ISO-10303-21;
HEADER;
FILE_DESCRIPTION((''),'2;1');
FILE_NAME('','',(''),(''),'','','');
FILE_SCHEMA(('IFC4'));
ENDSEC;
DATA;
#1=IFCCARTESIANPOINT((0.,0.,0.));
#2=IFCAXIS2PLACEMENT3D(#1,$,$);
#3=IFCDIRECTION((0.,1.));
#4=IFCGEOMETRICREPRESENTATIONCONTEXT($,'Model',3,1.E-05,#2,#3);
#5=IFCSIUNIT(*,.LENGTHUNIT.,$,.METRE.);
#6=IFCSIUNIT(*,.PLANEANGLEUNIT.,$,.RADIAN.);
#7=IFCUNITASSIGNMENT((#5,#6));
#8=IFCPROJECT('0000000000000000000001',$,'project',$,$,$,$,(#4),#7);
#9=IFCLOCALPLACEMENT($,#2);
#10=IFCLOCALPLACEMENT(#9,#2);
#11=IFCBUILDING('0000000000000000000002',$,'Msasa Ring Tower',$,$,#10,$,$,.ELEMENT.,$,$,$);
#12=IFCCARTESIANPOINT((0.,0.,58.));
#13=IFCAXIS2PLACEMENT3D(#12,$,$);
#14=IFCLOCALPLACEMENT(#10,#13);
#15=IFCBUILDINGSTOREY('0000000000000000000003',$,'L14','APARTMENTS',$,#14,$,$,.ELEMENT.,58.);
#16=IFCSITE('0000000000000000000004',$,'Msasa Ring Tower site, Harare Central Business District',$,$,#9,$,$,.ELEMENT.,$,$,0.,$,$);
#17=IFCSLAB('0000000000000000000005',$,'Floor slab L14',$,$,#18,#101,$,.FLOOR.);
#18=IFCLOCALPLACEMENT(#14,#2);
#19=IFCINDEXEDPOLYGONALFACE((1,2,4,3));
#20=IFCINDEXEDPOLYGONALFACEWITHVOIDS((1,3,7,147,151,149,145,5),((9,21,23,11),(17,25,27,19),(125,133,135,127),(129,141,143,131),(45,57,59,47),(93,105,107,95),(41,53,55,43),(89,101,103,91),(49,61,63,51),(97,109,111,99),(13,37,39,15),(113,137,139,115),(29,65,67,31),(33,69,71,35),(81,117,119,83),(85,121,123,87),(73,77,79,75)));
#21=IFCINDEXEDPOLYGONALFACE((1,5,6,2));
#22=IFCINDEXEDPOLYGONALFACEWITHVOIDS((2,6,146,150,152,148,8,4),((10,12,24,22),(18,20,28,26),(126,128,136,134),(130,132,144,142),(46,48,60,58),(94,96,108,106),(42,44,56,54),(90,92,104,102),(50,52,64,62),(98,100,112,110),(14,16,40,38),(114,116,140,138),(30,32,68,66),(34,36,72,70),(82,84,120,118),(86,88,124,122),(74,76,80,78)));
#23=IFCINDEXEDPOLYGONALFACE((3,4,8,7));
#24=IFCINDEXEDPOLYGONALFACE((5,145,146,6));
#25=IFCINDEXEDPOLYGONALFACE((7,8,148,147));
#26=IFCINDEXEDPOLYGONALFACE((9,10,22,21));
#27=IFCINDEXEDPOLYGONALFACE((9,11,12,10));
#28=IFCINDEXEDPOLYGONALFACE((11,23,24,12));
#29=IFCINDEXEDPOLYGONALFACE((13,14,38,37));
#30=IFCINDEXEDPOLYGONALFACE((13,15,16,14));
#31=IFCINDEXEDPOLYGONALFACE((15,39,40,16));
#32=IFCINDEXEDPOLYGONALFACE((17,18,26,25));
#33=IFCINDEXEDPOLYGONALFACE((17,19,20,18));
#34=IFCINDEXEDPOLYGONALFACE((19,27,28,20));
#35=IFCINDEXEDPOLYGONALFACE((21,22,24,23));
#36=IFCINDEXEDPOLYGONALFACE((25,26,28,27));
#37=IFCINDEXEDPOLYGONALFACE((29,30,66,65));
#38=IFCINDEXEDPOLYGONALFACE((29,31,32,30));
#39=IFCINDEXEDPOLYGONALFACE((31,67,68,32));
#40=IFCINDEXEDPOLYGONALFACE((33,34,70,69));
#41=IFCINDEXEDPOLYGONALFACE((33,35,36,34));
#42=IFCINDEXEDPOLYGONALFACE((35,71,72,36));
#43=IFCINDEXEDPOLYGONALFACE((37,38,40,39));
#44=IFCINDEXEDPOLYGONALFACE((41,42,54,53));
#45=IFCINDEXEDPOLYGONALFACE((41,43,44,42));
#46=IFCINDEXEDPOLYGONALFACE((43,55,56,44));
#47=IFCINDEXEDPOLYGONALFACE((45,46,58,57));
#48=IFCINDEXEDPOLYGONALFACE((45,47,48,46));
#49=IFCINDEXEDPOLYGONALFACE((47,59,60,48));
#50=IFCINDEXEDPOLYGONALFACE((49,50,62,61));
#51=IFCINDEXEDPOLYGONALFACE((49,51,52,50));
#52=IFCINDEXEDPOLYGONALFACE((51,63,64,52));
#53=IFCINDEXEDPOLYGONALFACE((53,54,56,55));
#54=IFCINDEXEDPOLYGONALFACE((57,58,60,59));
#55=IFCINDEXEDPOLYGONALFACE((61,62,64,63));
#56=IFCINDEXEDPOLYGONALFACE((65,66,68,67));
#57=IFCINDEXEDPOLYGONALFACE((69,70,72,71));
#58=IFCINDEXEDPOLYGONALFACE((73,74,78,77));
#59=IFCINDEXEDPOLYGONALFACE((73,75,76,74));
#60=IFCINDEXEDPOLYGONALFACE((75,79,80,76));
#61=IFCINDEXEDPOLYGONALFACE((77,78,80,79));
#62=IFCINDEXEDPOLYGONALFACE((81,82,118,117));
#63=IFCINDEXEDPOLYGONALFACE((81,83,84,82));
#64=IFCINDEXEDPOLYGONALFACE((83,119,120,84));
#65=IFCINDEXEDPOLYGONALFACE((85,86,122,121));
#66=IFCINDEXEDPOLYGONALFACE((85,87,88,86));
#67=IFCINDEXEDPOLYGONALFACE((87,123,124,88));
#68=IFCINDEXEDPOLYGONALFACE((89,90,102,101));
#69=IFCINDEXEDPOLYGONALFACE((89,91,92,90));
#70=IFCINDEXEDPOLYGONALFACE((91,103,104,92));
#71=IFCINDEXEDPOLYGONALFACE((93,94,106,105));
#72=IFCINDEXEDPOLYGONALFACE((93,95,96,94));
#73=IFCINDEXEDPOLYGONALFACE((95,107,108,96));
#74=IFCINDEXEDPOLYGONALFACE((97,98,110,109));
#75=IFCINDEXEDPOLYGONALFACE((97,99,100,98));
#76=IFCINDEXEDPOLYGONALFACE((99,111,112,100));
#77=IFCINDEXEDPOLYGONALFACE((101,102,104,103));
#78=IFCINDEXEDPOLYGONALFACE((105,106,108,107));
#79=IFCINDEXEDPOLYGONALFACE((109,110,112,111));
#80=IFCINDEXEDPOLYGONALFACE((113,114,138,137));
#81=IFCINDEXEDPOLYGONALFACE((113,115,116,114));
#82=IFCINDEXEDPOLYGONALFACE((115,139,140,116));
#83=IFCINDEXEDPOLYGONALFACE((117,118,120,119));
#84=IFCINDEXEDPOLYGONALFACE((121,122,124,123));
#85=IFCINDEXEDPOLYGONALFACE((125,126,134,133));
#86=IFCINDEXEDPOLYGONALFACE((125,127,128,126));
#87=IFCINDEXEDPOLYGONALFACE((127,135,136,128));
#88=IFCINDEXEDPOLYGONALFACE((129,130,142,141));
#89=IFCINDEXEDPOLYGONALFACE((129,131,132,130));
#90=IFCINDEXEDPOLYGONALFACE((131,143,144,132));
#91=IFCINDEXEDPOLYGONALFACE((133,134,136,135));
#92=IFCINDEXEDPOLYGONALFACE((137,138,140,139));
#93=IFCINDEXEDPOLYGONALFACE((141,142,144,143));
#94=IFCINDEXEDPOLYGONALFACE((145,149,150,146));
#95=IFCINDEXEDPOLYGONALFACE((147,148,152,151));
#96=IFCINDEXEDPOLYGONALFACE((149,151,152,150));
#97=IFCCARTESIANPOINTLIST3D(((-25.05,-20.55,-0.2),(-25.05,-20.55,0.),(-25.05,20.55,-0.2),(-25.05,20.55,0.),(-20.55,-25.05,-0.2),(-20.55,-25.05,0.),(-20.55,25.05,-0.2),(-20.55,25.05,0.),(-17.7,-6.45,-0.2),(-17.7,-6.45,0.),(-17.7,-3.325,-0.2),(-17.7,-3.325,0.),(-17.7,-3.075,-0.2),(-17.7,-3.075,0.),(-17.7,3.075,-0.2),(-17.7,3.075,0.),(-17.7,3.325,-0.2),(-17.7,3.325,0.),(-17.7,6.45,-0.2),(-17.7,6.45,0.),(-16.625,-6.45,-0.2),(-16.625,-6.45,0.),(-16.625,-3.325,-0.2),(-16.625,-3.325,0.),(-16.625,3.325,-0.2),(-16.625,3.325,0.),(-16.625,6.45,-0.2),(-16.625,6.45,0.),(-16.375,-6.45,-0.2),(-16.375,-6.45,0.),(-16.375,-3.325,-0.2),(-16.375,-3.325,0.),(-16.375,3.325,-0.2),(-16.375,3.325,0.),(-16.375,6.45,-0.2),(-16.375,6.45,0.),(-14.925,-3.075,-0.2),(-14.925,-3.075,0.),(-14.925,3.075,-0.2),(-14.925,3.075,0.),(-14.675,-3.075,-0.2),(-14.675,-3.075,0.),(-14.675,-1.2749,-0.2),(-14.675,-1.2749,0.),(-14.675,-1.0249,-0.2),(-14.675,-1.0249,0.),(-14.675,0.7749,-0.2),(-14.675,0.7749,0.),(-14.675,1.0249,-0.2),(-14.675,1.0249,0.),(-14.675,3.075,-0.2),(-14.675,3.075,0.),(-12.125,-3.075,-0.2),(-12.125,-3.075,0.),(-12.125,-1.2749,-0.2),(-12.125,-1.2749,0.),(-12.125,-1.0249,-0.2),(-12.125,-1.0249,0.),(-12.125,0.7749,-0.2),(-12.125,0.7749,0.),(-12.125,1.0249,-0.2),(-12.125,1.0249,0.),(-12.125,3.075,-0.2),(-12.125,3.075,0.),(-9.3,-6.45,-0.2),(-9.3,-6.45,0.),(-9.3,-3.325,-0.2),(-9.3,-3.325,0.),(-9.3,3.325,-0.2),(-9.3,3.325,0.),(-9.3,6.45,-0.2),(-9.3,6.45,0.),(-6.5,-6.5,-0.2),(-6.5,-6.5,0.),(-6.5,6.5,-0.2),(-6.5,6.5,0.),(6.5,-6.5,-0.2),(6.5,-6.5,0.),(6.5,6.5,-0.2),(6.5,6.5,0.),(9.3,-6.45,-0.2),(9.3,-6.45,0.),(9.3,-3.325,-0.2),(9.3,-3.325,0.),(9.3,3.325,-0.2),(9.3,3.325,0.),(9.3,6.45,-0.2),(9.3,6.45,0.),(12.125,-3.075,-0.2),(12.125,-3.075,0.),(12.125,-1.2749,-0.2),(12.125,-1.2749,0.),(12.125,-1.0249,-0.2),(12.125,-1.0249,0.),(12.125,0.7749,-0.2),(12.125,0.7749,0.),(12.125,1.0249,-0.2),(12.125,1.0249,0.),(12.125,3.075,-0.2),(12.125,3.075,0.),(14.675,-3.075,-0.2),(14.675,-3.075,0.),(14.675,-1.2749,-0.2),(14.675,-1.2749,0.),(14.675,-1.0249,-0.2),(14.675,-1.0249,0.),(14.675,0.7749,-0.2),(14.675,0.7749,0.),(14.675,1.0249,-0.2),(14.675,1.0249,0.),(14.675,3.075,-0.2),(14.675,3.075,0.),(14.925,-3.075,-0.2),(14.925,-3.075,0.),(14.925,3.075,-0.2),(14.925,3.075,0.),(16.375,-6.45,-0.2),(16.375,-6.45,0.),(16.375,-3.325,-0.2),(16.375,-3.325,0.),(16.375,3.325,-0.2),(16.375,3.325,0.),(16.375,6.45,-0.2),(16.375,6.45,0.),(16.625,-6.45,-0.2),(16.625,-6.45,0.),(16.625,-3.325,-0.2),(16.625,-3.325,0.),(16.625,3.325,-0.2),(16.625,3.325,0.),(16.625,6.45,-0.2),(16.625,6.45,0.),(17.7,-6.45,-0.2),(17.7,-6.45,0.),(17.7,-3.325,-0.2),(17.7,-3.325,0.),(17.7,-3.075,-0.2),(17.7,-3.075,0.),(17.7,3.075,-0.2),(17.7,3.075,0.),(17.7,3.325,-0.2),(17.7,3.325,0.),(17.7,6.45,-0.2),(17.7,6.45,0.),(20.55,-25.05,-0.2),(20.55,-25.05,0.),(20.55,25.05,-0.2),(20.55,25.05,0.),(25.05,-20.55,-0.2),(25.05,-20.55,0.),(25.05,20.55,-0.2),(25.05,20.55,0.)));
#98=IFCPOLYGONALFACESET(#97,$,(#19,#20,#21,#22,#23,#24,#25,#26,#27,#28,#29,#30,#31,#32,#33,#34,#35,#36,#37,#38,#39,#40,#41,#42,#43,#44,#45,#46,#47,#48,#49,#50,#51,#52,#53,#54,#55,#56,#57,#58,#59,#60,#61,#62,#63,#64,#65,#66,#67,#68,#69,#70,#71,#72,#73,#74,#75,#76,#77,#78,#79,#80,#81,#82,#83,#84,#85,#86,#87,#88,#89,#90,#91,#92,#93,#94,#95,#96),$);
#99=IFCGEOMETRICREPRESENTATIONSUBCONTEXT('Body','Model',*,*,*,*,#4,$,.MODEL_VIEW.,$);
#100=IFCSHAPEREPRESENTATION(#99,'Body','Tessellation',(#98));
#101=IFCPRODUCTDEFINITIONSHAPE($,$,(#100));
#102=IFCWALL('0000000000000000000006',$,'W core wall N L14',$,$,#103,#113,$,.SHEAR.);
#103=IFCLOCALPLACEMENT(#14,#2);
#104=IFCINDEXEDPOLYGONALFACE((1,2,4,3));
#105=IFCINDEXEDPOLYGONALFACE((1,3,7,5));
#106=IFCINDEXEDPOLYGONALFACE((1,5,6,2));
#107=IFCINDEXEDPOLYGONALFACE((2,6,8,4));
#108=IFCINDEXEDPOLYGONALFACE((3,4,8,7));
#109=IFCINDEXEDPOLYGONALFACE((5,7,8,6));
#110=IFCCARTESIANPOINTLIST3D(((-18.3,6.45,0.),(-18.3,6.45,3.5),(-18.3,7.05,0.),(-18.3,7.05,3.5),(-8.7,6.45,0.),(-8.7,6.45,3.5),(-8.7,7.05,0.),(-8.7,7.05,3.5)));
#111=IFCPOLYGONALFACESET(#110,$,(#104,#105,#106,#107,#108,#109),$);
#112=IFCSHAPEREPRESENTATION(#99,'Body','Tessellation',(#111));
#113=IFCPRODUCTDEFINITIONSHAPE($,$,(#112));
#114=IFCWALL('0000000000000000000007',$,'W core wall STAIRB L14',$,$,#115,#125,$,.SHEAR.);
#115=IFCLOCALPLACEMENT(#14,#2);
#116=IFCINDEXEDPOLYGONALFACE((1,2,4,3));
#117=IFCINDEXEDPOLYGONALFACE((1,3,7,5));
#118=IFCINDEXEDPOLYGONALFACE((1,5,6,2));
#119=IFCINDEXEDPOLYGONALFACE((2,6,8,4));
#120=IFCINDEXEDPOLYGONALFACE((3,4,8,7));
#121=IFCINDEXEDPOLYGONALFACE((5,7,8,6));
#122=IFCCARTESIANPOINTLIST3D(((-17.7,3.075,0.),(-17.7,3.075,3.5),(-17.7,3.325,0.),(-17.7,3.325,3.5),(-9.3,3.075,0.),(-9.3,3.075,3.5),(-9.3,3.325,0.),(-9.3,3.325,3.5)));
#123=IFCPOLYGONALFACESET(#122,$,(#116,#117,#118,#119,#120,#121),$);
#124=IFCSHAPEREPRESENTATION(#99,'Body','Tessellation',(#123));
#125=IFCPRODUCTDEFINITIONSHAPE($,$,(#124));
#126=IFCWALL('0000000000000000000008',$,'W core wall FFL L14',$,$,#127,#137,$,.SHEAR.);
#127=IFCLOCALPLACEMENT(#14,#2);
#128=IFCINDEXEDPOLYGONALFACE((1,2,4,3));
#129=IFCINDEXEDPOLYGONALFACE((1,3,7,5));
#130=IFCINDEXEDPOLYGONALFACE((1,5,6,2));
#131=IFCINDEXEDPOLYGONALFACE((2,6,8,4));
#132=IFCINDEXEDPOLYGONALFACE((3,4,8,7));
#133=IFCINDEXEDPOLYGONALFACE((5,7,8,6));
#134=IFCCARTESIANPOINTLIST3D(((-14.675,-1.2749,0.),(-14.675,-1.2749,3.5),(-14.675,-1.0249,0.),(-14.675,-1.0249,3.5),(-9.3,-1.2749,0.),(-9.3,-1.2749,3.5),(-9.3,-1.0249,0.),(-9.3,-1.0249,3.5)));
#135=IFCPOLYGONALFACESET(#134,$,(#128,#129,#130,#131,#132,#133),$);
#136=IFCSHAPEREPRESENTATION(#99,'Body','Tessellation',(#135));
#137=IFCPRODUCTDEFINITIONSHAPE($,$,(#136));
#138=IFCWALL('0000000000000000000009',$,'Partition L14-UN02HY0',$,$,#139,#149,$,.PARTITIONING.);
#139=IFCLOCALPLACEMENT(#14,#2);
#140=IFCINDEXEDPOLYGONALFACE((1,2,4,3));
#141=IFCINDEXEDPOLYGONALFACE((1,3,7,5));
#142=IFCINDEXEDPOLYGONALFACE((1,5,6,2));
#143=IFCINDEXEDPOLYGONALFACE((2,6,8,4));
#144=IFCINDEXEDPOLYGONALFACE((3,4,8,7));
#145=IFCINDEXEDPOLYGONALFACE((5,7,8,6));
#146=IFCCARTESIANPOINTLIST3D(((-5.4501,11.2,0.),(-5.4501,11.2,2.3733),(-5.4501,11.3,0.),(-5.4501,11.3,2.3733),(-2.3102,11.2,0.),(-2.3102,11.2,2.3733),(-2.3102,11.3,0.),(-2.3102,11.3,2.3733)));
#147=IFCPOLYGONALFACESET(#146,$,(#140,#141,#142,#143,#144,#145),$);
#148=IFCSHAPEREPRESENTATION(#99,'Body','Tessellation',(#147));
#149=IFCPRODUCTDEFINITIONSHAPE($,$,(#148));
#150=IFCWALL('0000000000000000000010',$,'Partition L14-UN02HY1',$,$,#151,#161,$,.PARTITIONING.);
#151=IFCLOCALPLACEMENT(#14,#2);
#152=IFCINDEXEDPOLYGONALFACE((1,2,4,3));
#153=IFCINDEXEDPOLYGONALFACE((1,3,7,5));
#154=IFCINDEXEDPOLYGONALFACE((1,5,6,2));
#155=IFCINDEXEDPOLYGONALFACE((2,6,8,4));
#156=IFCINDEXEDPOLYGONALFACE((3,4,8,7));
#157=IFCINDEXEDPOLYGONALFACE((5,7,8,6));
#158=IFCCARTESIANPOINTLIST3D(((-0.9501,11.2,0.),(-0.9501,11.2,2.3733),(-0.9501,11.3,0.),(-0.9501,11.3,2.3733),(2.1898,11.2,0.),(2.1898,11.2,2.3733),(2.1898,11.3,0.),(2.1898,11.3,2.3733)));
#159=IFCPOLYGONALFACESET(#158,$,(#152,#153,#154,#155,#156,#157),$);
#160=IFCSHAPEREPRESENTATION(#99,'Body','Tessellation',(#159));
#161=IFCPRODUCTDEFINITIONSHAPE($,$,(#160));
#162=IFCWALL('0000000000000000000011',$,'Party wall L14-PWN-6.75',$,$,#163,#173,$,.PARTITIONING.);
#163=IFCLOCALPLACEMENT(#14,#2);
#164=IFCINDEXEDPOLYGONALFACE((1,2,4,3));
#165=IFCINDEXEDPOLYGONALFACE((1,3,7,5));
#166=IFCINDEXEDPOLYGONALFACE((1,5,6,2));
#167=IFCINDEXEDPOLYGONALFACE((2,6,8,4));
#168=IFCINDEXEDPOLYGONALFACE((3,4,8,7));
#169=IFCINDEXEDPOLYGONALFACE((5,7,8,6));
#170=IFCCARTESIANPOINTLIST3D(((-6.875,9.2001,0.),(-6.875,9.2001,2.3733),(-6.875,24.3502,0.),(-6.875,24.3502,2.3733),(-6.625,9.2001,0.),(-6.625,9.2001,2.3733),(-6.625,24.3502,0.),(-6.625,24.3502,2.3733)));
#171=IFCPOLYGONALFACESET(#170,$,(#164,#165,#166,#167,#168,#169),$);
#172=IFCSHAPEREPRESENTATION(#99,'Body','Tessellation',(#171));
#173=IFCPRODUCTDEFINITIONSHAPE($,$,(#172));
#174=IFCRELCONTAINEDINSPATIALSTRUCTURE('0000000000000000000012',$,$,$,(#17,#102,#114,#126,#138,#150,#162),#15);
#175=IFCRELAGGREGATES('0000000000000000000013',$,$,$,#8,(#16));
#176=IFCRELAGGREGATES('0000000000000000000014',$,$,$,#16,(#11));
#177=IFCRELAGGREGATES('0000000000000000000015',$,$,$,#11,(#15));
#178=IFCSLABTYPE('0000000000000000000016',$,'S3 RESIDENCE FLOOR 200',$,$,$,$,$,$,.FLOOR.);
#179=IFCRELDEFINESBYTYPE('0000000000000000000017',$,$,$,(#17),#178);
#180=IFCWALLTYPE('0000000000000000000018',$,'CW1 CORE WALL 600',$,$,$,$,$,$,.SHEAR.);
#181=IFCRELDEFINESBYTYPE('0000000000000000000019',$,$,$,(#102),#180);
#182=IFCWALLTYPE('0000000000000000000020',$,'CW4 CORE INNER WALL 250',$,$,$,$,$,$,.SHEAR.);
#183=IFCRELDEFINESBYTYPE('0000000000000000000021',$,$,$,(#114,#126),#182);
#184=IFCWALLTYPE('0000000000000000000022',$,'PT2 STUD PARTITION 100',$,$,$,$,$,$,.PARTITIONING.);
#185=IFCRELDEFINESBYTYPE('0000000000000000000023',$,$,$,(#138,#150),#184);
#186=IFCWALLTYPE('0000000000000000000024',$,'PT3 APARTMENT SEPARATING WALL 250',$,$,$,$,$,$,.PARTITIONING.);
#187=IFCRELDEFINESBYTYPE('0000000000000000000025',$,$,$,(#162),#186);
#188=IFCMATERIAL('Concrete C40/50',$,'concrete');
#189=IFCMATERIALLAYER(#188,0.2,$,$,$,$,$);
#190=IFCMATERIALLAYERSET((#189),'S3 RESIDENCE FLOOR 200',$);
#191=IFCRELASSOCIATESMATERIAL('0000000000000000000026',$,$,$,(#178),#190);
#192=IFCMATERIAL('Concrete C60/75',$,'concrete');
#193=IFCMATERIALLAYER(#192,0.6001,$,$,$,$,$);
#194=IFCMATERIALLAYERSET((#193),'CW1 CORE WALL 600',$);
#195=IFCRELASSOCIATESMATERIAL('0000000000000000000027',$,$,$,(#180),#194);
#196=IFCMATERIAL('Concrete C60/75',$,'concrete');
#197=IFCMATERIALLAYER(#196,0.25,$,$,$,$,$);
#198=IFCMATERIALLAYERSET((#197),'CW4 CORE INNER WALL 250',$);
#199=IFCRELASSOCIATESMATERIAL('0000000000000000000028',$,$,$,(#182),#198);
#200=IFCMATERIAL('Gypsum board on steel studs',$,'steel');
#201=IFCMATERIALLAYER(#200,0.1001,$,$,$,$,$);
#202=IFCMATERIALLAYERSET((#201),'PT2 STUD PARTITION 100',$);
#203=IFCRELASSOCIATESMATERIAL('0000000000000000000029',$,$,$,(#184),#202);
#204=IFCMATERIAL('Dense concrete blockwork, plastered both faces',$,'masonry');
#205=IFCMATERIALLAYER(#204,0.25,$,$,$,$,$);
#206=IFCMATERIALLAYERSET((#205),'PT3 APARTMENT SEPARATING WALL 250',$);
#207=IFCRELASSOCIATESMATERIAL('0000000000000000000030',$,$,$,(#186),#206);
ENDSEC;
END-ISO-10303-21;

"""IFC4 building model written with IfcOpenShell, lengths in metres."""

from ifc_helpers import new_model, si_unit, direction, frame, frame_2d, origin, place, context, subcontext, project, spatial, polyline, rectangle, outline, extrude, material, layer, layer_set, type_object, element, save


model = new_model("IFC4")

# Units and contexts
model_context = context("Model", 3, precision=1e-05, world=origin(), true_north=direction((0.0, 1.0)))
body_context = subcontext(model_context, "Body", "Model", "MODEL_VIEW")
ifc_project = project(units=[si_unit("LENGTHUNIT", "METRE"), si_unit("PLANEANGLEUNIT", "RADIAN")], contexts=[model_context])

# Site, building, storey
site_placement = place(None, origin())
site = spatial("IfcSite", under=ifc_project, at=site_placement, Name="Msasa Ring Tower site, Harare Central Business District", CompositionType="ELEMENT", RefElevation=0.0)
building_placement = place(site_placement, origin())
building = spatial("IfcBuilding", under=site, at=building_placement, Name="Msasa Ring Tower", CompositionType="ELEMENT")
storey_placement = place(building_placement, frame((0.0, 0.0, 58.0)))
storey = spatial("IfcBuildingStorey", under=building, at=storey_placement, Name="L14", Description="APARTMENTS", CompositionType="ELEMENT", Elevation=58.0)

# Slab
ifc_material_1 = material(Name="Concrete C40/50", Category="concrete")
ifc_layer_1 = layer(ifc_material_1, 0.2)
ifc_layer_set_1 = layer_set([ifc_layer_1], Name="S3 RESIDENCE FLOOR 200")
slab_type = type_object("IfcSlabType", Name="S3 RESIDENCE FLOOR 200", PredefinedType="FLOOR", material=ifc_layer_set_1)
slab_placement = place(storey_placement, frame((0.0, 0.0, -0.2)))
element("IfcSlab", 1, at=slab_placement, inside=storey, type_object=slab_type, Name="Floor slab L14", PredefinedType="FLOOR", context=body_context, shape_type="SweptSolid", body=[
    extrude(outline(polyline([(-20.55, -25.05), (20.55, -25.05), (25.05, -20.55), (25.05, 20.55), (20.55, 25.05), (-20.55, 25.05), (-25.05, 20.55), (-25.05, -20.55), (-20.55, -25.05)]), holes=[polyline([(-6.5, -6.5), (6.5, -6.5), (6.5, 6.5), (-6.5, 6.5), (-6.5, -6.5)]), polyline([(9.3, -6.45), (16.375, -6.45), (16.375, -3.325), (9.3, -3.325), (9.3, -6.45)]), polyline([(9.3, 3.325), (16.375, 3.325), (16.375, 6.45), (9.3, 6.45), (9.3, 3.325)]), polyline([(12.125, -3.075), (14.675, -3.075), (14.675, -1.2749), (12.125, -1.2749), (12.125, -3.075)]), polyline([(12.125, -1.0249), (14.675, -1.0249), (14.675, 0.7749), (12.125, 0.7749), (12.125, -1.0249)]), polyline([(12.125, 1.0249), (14.675, 1.0249), (14.675, 3.075), (12.125, 3.075), (12.125, 1.0249)]), polyline([(16.625, -6.45), (17.7, -6.45), (17.7, -3.325), (16.625, -3.325), (16.625, -6.45)]), polyline([(16.625, 3.325), (17.7, 3.325), (17.7, 6.45), (16.625, 6.45), (16.625, 3.325)]), polyline([(14.925, -3.075), (17.7, -3.075), (17.7, 3.075), (14.925, 3.075), (14.925, -3.075)]), polyline([(-16.375, -6.45), (-9.3, -6.45), (-9.3, -3.325), (-16.375, -3.325), (-16.375, -6.45)]), polyline([(-16.375, 3.325), (-9.3, 3.325), (-9.3, 6.45), (-16.375, 6.45), (-16.375, 3.325)]), polyline([(-14.675, -3.075), (-12.125, -3.075), (-12.125, -1.2749), (-14.675, -1.2749), (-14.675, -3.075)]), polyline([(-14.675, -1.0249), (-12.125, -1.0249), (-12.125, 0.7749), (-14.675, 0.7749), (-14.675, -1.0249)]), polyline([(-14.675, 1.0249), (-12.125, 1.0249), (-12.125, 3.075), (-14.675, 3.075), (-14.675, 1.0249)]), polyline([(-17.7, -6.45), (-16.625, -6.45), (-16.625, -3.325), (-17.7, -3.325), (-17.7, -6.45)]), polyline([(-17.7, 3.325), (-16.625, 3.325), (-16.625, 6.45), (-17.7, 6.45), (-17.7, 3.325)]), polyline([(-17.7, -3.075), (-14.925, -3.075), (-14.925, 3.075), (-17.7, 3.075), (-17.7, -3.075)])]), origin(), (0.0, 0.0, 1.0), 0.2),
])

# Walls
ifc_material_2 = material(Name="Concrete C60/75", Category="concrete")
ifc_layer_2 = layer(ifc_material_2, 0.6001)
ifc_layer_set_2 = layer_set([ifc_layer_2], Name="CW1 CORE WALL 600")
wall_type_1 = type_object("IfcWallType", Name="CW1 CORE WALL 600", PredefinedType="SHEAR", material=ifc_layer_set_2)
wall_1_placement = place(storey_placement, frame((-8.7, 6.75, 0.0), z_axis=(0.0, 0.0, 1.0), x_axis=(-1.0, 0.0, 0.0)))
element("IfcWall", 2, at=wall_1_placement, inside=storey, type_object=wall_type_1, Name="W core wall N L14", PredefinedType="SHEAR", context=body_context, shape_type="SweptSolid", body=[
    extrude(rectangle(XDim=9.6001, YDim=0.6001, at=frame_2d((4.8, 0.0))), origin(), (0.0, 0.0, 1.0), 3.5),
])
ifc_material_3 = material(Name="Concrete C60/75", Category="concrete")
ifc_layer_3 = layer(ifc_material_3, 0.25)
ifc_layer_set_3 = layer_set([ifc_layer_3], Name="CW4 CORE INNER WALL 250")
wall_type_2 = type_object("IfcWallType", Name="CW4 CORE INNER WALL 250", PredefinedType="SHEAR", material=ifc_layer_set_3)
wall_2_placement = place(storey_placement, frame((-9.3, 3.2, 0.0), z_axis=(0.0, 0.0, 1.0), x_axis=(-1.0, 0.0, 0.0)))
element("IfcWall", 3, at=wall_2_placement, inside=storey, type_object=wall_type_2, Name="W core wall STAIRB L14", PredefinedType="SHEAR", context=body_context, shape_type="SweptSolid", body=[
    extrude(rectangle(XDim=8.3999, YDim=0.25, at=frame_2d((4.2, 0.0))), origin(), (0.0, 0.0, 1.0), 3.5),
])
wall_3_placement = place(storey_placement, frame((-9.3, -1.1499, 0.0), z_axis=(0.0, 0.0, 1.0), x_axis=(-1.0, 0.0, 0.0)))
element("IfcWall", 4, at=wall_3_placement, inside=storey, type_object=wall_type_2, Name="W core wall FFL L14", PredefinedType="SHEAR", context=body_context, shape_type="SweptSolid", body=[
    extrude(rectangle(XDim=5.375, YDim=0.25, at=frame_2d((2.6875, 0.0))), origin(), (0.0, 0.0, 1.0), 3.5),
])
ifc_material_4 = material(Name="Gypsum board on steel studs", Category="steel")
ifc_layer_4 = layer(ifc_material_4, 0.1001)
ifc_layer_set_4 = layer_set([ifc_layer_4], Name="PT2 STUD PARTITION 100")
wall_type_3 = type_object("IfcWallType", Name="PT2 STUD PARTITION 100", PredefinedType="PARTITIONING", material=ifc_layer_set_4)
for number, where, z_axis, x_axis, name in (
    (5, (-5.45, 11.25, 0.0), (0.0, 0.0, 1.0), (1.0, 0.0, 0.0), "Partition L14-UN02HY0"),
    (6, (-0.95, 11.25, 0.0), (0.0, 0.0, 1.0), (1.0, 0.0, 0.0), "Partition L14-UN02HY1"),
):
    element("IfcWall", number, at=place(storey_placement, frame(where, z_axis=z_axis, x_axis=x_axis)), inside=storey, type_object=wall_type_3, Name=name, PredefinedType="PARTITIONING", context=body_context, shape_type="SweptSolid", body=[
        extrude(rectangle(XDim=3.1399, YDim=0.1001, at=frame_2d((1.5698, 0.0))), origin(), (0.0, 0.0, 1.0), 2.3733),
    ])
ifc_material_5 = material(Name="Dense concrete blockwork, plastered both faces", Category="masonry")
ifc_layer_5 = layer(ifc_material_5, 0.25)
ifc_layer_set_5 = layer_set([ifc_layer_5], Name="PT3 APARTMENT SEPARATING WALL 250")
wall_type_4 = type_object("IfcWallType", Name="PT3 APARTMENT SEPARATING WALL 250", PredefinedType="PARTITIONING", material=ifc_layer_set_5)
wall_4_placement = place(storey_placement, frame((-6.75, 9.2, 0.0), z_axis=(0.0, 0.0, 1.0), x_axis=(0.0, 1.0, 0.0)))
element("IfcWall", 7, at=wall_4_placement, inside=storey, type_object=wall_type_4, Name="Party wall L14-PWN-6.75", PredefinedType="PARTITIONING", context=body_context, shape_type="SweptSolid", body=[
    extrude(rectangle(XDim=15.1501, YDim=0.25, at=frame_2d((7.5752, 0.0))), origin(), (0.0, 0.0, 1.0), 2.3733),
])

save(model, "model.ifc")
